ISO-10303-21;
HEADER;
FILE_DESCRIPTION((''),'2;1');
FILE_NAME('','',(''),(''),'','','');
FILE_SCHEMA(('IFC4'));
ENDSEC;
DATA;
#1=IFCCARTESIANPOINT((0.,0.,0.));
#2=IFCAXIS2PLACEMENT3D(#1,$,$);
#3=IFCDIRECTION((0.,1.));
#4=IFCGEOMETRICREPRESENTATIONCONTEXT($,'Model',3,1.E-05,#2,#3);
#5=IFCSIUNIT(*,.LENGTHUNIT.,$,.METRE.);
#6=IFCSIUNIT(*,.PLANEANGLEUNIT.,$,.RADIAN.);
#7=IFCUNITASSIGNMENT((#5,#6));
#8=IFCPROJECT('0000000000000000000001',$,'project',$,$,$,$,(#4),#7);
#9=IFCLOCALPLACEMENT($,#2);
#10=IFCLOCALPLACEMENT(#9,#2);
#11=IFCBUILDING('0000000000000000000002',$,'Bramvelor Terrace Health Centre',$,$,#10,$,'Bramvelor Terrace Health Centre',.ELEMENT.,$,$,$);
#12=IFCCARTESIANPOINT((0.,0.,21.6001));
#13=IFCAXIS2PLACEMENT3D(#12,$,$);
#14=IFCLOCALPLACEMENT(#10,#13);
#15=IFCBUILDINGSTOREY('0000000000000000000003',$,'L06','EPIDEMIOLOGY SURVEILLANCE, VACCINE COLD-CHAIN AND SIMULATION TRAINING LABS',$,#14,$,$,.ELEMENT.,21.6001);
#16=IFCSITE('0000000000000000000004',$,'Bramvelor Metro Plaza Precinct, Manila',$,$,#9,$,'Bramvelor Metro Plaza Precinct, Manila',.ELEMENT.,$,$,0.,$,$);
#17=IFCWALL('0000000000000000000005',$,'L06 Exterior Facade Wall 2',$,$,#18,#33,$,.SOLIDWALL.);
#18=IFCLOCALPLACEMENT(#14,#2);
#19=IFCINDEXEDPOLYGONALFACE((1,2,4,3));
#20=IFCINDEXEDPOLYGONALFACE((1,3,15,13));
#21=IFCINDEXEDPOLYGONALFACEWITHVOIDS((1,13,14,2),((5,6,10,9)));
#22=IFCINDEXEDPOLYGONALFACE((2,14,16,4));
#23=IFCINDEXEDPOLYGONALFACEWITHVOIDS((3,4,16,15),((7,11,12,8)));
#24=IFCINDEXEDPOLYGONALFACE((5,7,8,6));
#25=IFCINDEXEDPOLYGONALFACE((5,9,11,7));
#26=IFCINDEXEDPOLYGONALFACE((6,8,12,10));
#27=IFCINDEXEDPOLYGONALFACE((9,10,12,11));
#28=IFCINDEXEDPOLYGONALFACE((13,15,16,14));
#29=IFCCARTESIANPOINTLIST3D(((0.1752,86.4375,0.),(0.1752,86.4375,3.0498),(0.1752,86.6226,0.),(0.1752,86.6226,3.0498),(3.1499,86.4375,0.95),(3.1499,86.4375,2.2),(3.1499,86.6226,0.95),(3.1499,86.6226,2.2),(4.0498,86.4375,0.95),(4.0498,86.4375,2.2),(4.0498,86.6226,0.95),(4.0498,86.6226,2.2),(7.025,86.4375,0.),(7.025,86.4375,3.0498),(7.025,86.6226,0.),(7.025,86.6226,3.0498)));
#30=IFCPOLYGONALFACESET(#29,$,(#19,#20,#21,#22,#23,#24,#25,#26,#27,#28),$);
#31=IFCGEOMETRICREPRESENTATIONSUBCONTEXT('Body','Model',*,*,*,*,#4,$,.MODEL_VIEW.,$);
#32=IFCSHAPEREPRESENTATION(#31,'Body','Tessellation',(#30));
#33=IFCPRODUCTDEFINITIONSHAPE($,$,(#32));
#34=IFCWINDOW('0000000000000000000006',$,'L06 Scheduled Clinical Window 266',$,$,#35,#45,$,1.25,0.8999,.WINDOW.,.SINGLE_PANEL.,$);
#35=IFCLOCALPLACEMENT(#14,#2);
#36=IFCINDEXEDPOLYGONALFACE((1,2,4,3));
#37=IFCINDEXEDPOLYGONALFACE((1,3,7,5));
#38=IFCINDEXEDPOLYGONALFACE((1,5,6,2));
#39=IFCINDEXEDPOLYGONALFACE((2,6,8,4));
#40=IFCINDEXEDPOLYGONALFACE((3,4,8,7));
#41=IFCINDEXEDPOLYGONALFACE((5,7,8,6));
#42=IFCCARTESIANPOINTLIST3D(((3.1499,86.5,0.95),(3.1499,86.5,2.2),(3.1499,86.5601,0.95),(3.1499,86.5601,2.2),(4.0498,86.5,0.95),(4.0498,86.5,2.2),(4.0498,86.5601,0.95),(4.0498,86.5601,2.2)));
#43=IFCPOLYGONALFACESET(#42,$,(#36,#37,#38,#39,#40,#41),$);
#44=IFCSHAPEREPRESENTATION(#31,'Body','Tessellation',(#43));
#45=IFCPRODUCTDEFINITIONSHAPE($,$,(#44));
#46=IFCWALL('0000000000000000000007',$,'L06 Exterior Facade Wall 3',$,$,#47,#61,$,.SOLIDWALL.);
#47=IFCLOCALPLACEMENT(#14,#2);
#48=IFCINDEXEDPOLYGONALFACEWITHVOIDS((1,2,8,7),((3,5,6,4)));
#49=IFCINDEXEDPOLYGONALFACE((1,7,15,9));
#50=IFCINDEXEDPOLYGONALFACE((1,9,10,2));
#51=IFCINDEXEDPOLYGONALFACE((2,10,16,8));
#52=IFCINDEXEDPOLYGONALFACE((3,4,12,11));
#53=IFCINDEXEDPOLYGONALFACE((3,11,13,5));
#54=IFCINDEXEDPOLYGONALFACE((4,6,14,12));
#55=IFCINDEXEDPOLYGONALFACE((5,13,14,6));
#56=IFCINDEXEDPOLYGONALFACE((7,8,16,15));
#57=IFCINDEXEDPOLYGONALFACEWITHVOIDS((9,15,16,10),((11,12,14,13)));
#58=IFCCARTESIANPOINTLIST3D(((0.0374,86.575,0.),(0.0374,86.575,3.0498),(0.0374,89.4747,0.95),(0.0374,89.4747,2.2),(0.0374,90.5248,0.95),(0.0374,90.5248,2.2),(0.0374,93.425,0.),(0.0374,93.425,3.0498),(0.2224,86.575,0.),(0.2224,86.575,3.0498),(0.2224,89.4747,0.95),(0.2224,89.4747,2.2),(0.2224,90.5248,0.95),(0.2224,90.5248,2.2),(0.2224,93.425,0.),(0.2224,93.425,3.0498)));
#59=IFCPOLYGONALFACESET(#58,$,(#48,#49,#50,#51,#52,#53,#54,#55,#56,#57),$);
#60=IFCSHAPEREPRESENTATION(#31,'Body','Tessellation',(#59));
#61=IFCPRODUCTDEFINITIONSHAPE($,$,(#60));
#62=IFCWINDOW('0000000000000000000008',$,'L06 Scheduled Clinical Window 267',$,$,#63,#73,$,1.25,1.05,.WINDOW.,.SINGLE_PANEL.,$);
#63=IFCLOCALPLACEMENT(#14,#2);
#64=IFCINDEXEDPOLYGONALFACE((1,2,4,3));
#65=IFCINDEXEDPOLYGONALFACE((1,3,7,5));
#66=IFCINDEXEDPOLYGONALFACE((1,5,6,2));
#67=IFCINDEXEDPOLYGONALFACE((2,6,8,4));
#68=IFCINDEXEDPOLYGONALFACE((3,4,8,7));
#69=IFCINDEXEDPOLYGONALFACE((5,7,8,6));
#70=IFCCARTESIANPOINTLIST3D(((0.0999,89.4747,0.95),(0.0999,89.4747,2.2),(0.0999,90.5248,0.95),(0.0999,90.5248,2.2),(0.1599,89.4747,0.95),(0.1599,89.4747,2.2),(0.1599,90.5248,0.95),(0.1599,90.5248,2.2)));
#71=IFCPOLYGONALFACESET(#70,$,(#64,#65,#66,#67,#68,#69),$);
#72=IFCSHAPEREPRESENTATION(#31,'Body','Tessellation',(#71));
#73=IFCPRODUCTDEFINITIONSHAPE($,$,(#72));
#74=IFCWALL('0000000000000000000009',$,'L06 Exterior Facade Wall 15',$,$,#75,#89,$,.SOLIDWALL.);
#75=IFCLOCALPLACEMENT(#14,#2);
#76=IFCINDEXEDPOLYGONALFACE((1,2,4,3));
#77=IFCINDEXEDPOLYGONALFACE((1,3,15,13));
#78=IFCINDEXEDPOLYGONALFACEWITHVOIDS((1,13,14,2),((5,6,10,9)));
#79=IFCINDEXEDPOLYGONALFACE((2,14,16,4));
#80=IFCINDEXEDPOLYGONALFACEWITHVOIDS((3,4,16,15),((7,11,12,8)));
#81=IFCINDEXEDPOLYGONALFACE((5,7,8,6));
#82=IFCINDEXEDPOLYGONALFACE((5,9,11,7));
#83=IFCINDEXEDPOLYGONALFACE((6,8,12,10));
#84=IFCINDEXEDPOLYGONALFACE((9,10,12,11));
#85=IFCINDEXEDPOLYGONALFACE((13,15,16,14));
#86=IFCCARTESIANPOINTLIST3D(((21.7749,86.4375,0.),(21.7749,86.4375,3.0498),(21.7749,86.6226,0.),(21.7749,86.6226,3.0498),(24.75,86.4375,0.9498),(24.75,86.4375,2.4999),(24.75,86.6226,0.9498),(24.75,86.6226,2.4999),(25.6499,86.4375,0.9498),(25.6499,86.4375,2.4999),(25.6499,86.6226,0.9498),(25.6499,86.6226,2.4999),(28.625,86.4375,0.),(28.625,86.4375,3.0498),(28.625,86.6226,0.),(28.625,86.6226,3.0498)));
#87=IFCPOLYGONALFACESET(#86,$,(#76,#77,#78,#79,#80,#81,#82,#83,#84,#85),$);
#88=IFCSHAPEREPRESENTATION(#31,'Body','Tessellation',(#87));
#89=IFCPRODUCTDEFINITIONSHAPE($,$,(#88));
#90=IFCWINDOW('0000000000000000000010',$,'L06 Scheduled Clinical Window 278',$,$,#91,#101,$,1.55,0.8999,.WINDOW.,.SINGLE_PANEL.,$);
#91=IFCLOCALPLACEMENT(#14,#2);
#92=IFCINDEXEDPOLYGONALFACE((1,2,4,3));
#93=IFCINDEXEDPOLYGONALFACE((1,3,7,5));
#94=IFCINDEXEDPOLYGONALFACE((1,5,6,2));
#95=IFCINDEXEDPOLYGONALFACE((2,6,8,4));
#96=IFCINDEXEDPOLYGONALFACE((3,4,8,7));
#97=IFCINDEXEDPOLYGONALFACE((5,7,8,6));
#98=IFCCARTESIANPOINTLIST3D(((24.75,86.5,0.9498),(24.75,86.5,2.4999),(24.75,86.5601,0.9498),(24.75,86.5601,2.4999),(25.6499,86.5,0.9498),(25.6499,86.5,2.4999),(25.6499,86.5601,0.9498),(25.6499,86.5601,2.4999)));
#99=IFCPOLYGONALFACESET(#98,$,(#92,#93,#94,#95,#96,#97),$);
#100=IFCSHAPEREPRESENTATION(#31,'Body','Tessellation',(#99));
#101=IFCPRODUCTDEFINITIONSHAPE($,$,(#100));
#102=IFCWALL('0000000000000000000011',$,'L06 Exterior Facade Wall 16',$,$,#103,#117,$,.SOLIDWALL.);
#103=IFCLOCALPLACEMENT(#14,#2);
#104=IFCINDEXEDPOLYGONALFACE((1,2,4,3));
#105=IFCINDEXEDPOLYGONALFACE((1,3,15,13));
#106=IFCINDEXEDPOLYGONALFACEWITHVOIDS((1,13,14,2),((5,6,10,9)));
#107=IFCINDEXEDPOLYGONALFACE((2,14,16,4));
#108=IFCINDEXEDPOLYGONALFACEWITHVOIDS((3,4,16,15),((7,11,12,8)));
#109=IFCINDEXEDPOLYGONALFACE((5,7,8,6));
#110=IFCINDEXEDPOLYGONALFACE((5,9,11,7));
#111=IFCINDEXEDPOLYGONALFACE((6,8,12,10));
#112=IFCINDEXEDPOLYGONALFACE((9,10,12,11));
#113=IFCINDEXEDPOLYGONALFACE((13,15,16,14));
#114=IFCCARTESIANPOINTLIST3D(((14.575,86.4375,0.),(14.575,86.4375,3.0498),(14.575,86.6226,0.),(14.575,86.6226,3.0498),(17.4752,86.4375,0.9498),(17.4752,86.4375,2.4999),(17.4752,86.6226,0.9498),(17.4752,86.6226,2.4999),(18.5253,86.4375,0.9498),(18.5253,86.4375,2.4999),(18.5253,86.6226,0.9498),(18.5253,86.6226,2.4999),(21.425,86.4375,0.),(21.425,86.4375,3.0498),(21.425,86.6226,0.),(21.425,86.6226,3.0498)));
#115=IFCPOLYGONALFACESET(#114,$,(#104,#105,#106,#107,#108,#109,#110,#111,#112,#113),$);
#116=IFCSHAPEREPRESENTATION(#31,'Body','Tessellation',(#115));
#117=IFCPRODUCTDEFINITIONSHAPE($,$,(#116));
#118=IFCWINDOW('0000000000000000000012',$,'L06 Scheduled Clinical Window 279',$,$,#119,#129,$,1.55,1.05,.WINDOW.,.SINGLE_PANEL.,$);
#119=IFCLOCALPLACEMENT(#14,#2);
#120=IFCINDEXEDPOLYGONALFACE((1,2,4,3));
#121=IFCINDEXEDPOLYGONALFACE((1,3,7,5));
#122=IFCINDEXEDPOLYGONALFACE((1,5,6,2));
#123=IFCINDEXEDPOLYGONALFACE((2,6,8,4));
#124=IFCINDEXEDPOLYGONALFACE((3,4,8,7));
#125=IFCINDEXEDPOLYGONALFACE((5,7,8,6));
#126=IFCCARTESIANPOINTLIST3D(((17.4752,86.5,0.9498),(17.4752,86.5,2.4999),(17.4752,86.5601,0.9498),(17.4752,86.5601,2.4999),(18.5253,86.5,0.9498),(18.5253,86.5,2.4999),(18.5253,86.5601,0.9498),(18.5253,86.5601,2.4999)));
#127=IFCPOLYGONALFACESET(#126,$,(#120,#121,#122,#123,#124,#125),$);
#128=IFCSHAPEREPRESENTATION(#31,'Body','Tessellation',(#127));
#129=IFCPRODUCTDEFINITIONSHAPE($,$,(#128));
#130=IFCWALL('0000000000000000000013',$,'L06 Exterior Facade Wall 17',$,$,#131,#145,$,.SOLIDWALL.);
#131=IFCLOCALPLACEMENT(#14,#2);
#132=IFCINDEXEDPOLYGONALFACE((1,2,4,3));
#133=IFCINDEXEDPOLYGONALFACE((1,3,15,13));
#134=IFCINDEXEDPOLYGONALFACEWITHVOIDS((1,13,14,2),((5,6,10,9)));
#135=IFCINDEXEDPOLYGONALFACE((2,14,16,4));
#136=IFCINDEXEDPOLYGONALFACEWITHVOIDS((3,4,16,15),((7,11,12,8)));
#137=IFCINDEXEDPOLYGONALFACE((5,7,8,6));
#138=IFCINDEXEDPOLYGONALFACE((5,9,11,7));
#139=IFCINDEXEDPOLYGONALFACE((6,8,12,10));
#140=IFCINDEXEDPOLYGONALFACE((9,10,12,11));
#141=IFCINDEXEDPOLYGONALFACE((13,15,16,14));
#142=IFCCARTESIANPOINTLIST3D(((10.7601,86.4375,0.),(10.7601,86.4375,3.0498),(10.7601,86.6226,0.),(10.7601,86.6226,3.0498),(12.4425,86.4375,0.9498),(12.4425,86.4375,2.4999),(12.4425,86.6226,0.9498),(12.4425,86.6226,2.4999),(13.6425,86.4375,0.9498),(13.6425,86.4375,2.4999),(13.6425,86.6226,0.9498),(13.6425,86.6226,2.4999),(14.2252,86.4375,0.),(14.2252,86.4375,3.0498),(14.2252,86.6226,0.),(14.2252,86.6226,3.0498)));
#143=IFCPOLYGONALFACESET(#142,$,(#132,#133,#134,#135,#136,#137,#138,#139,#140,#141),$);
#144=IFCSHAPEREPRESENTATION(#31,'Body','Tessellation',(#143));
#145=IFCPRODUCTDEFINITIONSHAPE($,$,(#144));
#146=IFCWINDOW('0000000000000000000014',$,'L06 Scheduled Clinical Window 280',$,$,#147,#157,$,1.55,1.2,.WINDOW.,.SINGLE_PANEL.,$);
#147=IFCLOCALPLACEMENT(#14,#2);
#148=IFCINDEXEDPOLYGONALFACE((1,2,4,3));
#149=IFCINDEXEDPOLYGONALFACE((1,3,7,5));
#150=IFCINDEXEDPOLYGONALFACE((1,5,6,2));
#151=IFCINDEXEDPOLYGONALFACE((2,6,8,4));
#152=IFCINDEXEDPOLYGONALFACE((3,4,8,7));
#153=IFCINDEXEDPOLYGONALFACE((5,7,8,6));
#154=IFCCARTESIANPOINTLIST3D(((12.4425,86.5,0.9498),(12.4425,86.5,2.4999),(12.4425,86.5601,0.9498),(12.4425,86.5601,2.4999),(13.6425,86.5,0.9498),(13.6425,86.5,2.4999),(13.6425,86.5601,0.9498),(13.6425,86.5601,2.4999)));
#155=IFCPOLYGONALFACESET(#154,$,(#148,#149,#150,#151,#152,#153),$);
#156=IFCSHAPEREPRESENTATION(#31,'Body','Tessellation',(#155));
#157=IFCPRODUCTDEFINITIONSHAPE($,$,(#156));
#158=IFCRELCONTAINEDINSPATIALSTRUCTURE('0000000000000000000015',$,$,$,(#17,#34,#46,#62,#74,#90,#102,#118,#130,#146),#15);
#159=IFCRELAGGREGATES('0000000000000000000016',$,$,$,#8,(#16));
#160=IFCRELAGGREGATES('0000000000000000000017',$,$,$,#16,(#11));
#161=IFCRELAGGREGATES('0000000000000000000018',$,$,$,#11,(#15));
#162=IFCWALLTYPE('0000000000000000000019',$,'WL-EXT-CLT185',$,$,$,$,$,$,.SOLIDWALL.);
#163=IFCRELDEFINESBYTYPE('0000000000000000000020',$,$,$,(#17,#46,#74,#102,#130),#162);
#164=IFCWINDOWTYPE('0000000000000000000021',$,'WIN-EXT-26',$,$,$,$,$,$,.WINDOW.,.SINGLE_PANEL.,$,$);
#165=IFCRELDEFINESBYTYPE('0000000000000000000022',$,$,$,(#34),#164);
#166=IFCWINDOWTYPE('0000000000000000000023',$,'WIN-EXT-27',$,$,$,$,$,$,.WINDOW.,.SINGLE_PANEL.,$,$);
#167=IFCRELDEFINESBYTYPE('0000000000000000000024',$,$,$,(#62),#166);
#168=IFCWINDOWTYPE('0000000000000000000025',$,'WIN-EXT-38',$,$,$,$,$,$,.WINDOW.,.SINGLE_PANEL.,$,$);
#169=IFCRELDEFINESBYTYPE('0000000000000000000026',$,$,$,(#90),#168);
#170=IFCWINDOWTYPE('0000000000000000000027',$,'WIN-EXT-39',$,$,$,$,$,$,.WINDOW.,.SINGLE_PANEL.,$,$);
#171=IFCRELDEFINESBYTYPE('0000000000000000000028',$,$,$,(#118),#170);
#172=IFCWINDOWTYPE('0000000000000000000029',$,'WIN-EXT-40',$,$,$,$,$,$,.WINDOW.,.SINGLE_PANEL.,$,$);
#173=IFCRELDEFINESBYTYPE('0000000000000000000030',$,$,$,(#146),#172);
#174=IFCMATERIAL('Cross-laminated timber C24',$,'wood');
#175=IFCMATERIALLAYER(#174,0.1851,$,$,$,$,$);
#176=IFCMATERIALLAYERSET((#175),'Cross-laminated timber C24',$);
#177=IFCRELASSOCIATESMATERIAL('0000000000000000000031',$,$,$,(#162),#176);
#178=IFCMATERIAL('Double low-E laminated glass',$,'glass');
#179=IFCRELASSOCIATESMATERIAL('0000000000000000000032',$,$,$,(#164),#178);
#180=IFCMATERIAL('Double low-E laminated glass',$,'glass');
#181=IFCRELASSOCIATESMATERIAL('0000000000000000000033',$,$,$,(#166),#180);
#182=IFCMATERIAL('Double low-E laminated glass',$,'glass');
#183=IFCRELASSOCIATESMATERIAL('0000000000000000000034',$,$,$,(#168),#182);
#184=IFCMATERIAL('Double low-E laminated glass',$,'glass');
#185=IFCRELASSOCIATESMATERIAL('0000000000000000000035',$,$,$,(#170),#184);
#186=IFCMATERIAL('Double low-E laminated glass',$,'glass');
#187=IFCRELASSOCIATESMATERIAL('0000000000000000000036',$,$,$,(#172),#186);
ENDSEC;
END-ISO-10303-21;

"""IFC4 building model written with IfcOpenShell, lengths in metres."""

from ifc_helpers import new_model, si_unit, direction, frame, frame_2d, origin, place, context, subcontext, project, spatial, rectangle, extrude, material, layer, layer_set, type_object, element, fill, save


model = new_model("IFC4")

# Units and contexts
model_context = context("Model", 3, precision=1e-05, world=origin(), true_north=direction((0.0, 1.0)))
body_context = subcontext(model_context, "Body", "Model", "MODEL_VIEW")
ifc_project = project(units=[si_unit("LENGTHUNIT", "METRE"), si_unit("PLANEANGLEUNIT", "RADIAN")], contexts=[model_context])

# Site, building, storey
site_placement = place(None, origin())
site = spatial("IfcSite", under=ifc_project, at=site_placement, Name="Bramvelor Metro Plaza Precinct, Manila", LongName="Bramvelor Metro Plaza Precinct, Manila", CompositionType="ELEMENT", RefElevation=0.0)
building_placement = place(site_placement, origin())
building = spatial("IfcBuilding", under=site, at=building_placement, Name="Bramvelor Terrace Health Centre", LongName="Bramvelor Terrace Health Centre", CompositionType="ELEMENT")
storey_placement = place(building_placement, frame((0.0, 0.0, 21.6001)))
storey = spatial("IfcBuildingStorey", under=building, at=storey_placement, Name="L06", Description="EPIDEMIOLOGY SURVEILLANCE, VACCINE COLD-CHAIN AND SIMULATION TRAINING LABS", CompositionType="ELEMENT", Elevation=21.6001)

# Walls, openings, windows
ifc_material_1 = material(Name="Cross-laminated timber C24", Category="wood")
ifc_layer_1 = layer(ifc_material_1, 0.1851)
ifc_layer_set_1 = layer_set([ifc_layer_1], Name="Cross-laminated timber C24")
wall_type_1 = type_object("IfcWallType", Name="WL-EXT-CLT185", PredefinedType="SOLIDWALL", material=ifc_layer_set_1)
wall_1_placement = place(storey_placement, frame((7.0249, 86.53, 0.0), z_axis=(0.0, 0.0, 1.0), x_axis=(-1.0, 0.0, 0.0)))
wall_1 = element("IfcWall", 1, at=wall_1_placement, inside=storey, type_object=wall_type_1, Name="L06 Exterior Facade Wall 2", PredefinedType="SOLIDWALL", context=body_context, shape_type="SweptSolid", body=[
    extrude(rectangle(XDim=6.8499, YDim=0.1851, at=frame_2d((3.4248, 0.0))), origin(), (0.0, 0.0, 1.0), 3.0498),
])
opening_1_placement = place(wall_1_placement, frame((2.9751, 0.0, 0.95)))
opening_1 = element("IfcOpeningElement", 2, at=opening_1_placement, cuts=wall_1, PredefinedType="OPENING", context=body_context, shape_type="SweptSolid", body=[
    extrude(rectangle(XDim=0.8999, YDim=1.25, at=frame_2d((0.45, 0.625))), frame((0.0, 0.1025, 0.0), z_axis=(0.0, -1.0, 0.0), x_axis=(1.0, 0.0, 0.0)), (0.0, 0.0, 1.0), 0.2051),
])
ifc_material_2 = material(Name="Double low-E laminated glass", Category="glass")
window_type_1 = type_object("IfcWindowType", Name="WIN-EXT-26", PartitioningType="SINGLE_PANEL", PredefinedType="WINDOW", material=ifc_material_2)
window_1_placement = place(opening_1_placement, origin())
window_1 = element("IfcWindow", 3, at=window_1_placement, inside=storey, type_object=window_type_1, Name="L06 Scheduled Clinical Window 266", OverallHeight=1.25, OverallWidth=0.8999, PartitioningType="SINGLE_PANEL", PredefinedType="WINDOW", context=body_context, shape_type="SweptSolid", body=[
    extrude(rectangle(XDim=0.8999, YDim=1.25, at=frame_2d((0.45, 0.625))), frame((0.0, 0.03, 0.0), z_axis=(0.0, -1.0, 0.0), x_axis=(1.0, 0.0, 0.0)), (0.0, 0.0, 1.0), 0.0601),
])
fill(opening_1, window_1)
wall_2_placement = place(storey_placement, frame((0.1299, 86.575, 0.0), z_axis=(0.0, 0.0, 1.0), x_axis=(0.0, 1.0, 0.0)))
wall_2 = element("IfcWall", 4, at=wall_2_placement, inside=storey, type_object=wall_type_1, Name="L06 Exterior Facade Wall 3", PredefinedType="SOLIDWALL", context=body_context, shape_type="SweptSolid", body=[
    extrude(rectangle(XDim=6.8501, YDim=0.1851, at=frame_2d((3.425, 0.0))), origin(), (0.0, 0.0, 1.0), 3.0498),
])
opening_2_placement = place(wall_2_placement, frame((2.8999, 0.0, 0.95)))
opening_2 = element("IfcOpeningElement", 5, at=opening_2_placement, cuts=wall_2, PredefinedType="OPENING", context=body_context, shape_type="SweptSolid", body=[
    extrude(rectangle(XDim=1.05, YDim=1.25, at=frame_2d((0.5249, 0.625))), frame((0.0, 0.1025, 0.0), z_axis=(0.0, -1.0, 0.0), x_axis=(1.0, 0.0, 0.0)), (0.0, 0.0, 1.0), 0.2051),
])
ifc_material_3 = material(Name="Double low-E laminated glass", Category="glass")
window_type_2 = type_object("IfcWindowType", Name="WIN-EXT-27", PartitioningType="SINGLE_PANEL", PredefinedType="WINDOW", material=ifc_material_3)
window_2_placement = place(opening_2_placement, origin())
window_2 = element("IfcWindow", 6, at=window_2_placement, inside=storey, type_object=window_type_2, Name="L06 Scheduled Clinical Window 267", OverallHeight=1.25, OverallWidth=1.05, PartitioningType="SINGLE_PANEL", PredefinedType="WINDOW", context=body_context, shape_type="SweptSolid", body=[
    extrude(rectangle(XDim=1.05, YDim=1.25, at=frame_2d((0.5249, 0.625))), frame((0.0, 0.03, 0.0), z_axis=(0.0, -1.0, 0.0), x_axis=(1.0, 0.0, 0.0)), (0.0, 0.0, 1.0), 0.0601),
])
fill(opening_2, window_2)
wall_3_placement = place(storey_placement, frame((28.625, 86.53, 0.0), z_axis=(0.0, 0.0, 1.0), x_axis=(-1.0, 0.0, 0.0)))
wall_3 = element("IfcWall", 7, at=wall_3_placement, inside=storey, type_object=wall_type_1, Name="L06 Exterior Facade Wall 15", PredefinedType="SOLIDWALL", context=body_context, shape_type="SweptSolid", body=[
    extrude(rectangle(XDim=6.8501, YDim=0.1851, at=frame_2d((3.425, 0.0))), origin(), (0.0, 0.0, 1.0), 3.0498),
])
opening_3_placement = place(wall_3_placement, frame((2.9751, 0.0, 0.95)))
opening_3 = element("IfcOpeningElement", 8, at=opening_3_placement, cuts=wall_3, PredefinedType="OPENING", context=body_context, shape_type="SweptSolid", body=[
    extrude(rectangle(XDim=0.8999, YDim=1.55, at=frame_2d((0.45, 0.7749))), frame((0.0, 0.1025, 0.0), z_axis=(0.0, -1.0, 0.0), x_axis=(1.0, 0.0, 0.0)), (0.0, 0.0, 1.0), 0.2051),
])
ifc_material_4 = material(Name="Double low-E laminated glass", Category="glass")
window_type_3 = type_object("IfcWindowType", Name="WIN-EXT-38", PartitioningType="SINGLE_PANEL", PredefinedType="WINDOW", material=ifc_material_4)
window_3_placement = place(opening_3_placement, origin())
window_3 = element("IfcWindow", 9, at=window_3_placement, inside=storey, type_object=window_type_3, Name="L06 Scheduled Clinical Window 278", OverallHeight=1.55, OverallWidth=0.8999, PartitioningType="SINGLE_PANEL", PredefinedType="WINDOW", context=body_context, shape_type="SweptSolid", body=[
    extrude(rectangle(XDim=0.8999, YDim=1.55, at=frame_2d((0.45, 0.7749))), frame((0.0, 0.03, 0.0), z_axis=(0.0, -1.0, 0.0), x_axis=(1.0, 0.0, 0.0)), (0.0, 0.0, 1.0), 0.0601),
])
fill(opening_3, window_3)
wall_4_placement = place(storey_placement, frame((21.425, 86.53, 0.0), z_axis=(0.0, 0.0, 1.0), x_axis=(-1.0, 0.0, 0.0)))
wall_4 = element("IfcWall", 10, at=wall_4_placement, inside=storey, type_object=wall_type_1, Name="L06 Exterior Facade Wall 16", PredefinedType="SOLIDWALL", context=body_context, shape_type="SweptSolid", body=[
    extrude(rectangle(XDim=6.8501, YDim=0.1851, at=frame_2d((3.425, 0.0))), origin(), (0.0, 0.0, 1.0), 3.0498),
])
opening_4_placement = place(wall_4_placement, frame((2.8999, 0.0, 0.95)))
opening_4 = element("IfcOpeningElement", 11, at=opening_4_placement, cuts=wall_4, PredefinedType="OPENING", context=body_context, shape_type="SweptSolid", body=[
    extrude(rectangle(XDim=1.05, YDim=1.55, at=frame_2d((0.5249, 0.7749))), frame((0.0, 0.1025, 0.0), z_axis=(0.0, -1.0, 0.0), x_axis=(1.0, 0.0, 0.0)), (0.0, 0.0, 1.0), 0.2051),
])
ifc_material_5 = material(Name="Double low-E laminated glass", Category="glass")
window_type_4 = type_object("IfcWindowType", Name="WIN-EXT-39", PartitioningType="SINGLE_PANEL", PredefinedType="WINDOW", material=ifc_material_5)
window_4_placement = place(opening_4_placement, origin())
window_4 = element("IfcWindow", 12, at=window_4_placement, inside=storey, type_object=window_type_4, Name="L06 Scheduled Clinical Window 279", OverallHeight=1.55, OverallWidth=1.05, PartitioningType="SINGLE_PANEL", PredefinedType="WINDOW", context=body_context, shape_type="SweptSolid", body=[
    extrude(rectangle(XDim=1.05, YDim=1.55, at=frame_2d((0.5249, 0.7749))), frame((0.0, 0.03, 0.0), z_axis=(0.0, -1.0, 0.0), x_axis=(1.0, 0.0, 0.0)), (0.0, 0.0, 1.0), 0.0601),
])
fill(opening_4, window_4)
wall_5_placement = place(storey_placement, frame((14.2251, 86.53, 0.0), z_axis=(0.0, 0.0, 1.0), x_axis=(-1.0, 0.0, 0.0)))
wall_5 = element("IfcWall", 13, at=wall_5_placement, inside=storey, type_object=wall_type_1, Name="L06 Exterior Facade Wall 17", PredefinedType="SOLIDWALL", context=body_context, shape_type="SweptSolid", body=[
    extrude(rectangle(XDim=3.4651, YDim=0.1851, at=frame_2d((1.7324, 0.0))), origin(), (0.0, 0.0, 1.0), 3.0498),
])
opening_5_placement = place(wall_5_placement, frame((0.5825, 0.0, 0.95)))
opening_5 = element("IfcOpeningElement", 14, at=opening_5_placement, cuts=wall_5, PredefinedType="OPENING", context=body_context, shape_type="SweptSolid", body=[
    extrude(rectangle(XDim=1.2, YDim=1.55, at=frame_2d((0.6001, 0.7749))), frame((0.0, 0.1025, 0.0), z_axis=(0.0, -1.0, 0.0), x_axis=(1.0, 0.0, 0.0)), (0.0, 0.0, 1.0), 0.2051),
])
ifc_material_6 = material(Name="Double low-E laminated glass", Category="glass")
window_type_5 = type_object("IfcWindowType", Name="WIN-EXT-40", PartitioningType="SINGLE_PANEL", PredefinedType="WINDOW", material=ifc_material_6)
window_5_placement = place(opening_5_placement, origin())
window_5 = element("IfcWindow", 15, at=window_5_placement, inside=storey, type_object=window_type_5, Name="L06 Scheduled Clinical Window 280", OverallHeight=1.55, OverallWidth=1.2, PartitioningType="SINGLE_PANEL", PredefinedType="WINDOW", context=body_context, shape_type="SweptSolid", body=[
    extrude(rectangle(XDim=1.2, YDim=1.55, at=frame_2d((0.6001, 0.7749))), frame((0.0, 0.03, 0.0), z_axis=(0.0, -1.0, 0.0), x_axis=(1.0, 0.0, 0.0)), (0.0, 0.0, 1.0), 0.0601),
])
fill(opening_5, window_5)

save(model, "model.ifc")
